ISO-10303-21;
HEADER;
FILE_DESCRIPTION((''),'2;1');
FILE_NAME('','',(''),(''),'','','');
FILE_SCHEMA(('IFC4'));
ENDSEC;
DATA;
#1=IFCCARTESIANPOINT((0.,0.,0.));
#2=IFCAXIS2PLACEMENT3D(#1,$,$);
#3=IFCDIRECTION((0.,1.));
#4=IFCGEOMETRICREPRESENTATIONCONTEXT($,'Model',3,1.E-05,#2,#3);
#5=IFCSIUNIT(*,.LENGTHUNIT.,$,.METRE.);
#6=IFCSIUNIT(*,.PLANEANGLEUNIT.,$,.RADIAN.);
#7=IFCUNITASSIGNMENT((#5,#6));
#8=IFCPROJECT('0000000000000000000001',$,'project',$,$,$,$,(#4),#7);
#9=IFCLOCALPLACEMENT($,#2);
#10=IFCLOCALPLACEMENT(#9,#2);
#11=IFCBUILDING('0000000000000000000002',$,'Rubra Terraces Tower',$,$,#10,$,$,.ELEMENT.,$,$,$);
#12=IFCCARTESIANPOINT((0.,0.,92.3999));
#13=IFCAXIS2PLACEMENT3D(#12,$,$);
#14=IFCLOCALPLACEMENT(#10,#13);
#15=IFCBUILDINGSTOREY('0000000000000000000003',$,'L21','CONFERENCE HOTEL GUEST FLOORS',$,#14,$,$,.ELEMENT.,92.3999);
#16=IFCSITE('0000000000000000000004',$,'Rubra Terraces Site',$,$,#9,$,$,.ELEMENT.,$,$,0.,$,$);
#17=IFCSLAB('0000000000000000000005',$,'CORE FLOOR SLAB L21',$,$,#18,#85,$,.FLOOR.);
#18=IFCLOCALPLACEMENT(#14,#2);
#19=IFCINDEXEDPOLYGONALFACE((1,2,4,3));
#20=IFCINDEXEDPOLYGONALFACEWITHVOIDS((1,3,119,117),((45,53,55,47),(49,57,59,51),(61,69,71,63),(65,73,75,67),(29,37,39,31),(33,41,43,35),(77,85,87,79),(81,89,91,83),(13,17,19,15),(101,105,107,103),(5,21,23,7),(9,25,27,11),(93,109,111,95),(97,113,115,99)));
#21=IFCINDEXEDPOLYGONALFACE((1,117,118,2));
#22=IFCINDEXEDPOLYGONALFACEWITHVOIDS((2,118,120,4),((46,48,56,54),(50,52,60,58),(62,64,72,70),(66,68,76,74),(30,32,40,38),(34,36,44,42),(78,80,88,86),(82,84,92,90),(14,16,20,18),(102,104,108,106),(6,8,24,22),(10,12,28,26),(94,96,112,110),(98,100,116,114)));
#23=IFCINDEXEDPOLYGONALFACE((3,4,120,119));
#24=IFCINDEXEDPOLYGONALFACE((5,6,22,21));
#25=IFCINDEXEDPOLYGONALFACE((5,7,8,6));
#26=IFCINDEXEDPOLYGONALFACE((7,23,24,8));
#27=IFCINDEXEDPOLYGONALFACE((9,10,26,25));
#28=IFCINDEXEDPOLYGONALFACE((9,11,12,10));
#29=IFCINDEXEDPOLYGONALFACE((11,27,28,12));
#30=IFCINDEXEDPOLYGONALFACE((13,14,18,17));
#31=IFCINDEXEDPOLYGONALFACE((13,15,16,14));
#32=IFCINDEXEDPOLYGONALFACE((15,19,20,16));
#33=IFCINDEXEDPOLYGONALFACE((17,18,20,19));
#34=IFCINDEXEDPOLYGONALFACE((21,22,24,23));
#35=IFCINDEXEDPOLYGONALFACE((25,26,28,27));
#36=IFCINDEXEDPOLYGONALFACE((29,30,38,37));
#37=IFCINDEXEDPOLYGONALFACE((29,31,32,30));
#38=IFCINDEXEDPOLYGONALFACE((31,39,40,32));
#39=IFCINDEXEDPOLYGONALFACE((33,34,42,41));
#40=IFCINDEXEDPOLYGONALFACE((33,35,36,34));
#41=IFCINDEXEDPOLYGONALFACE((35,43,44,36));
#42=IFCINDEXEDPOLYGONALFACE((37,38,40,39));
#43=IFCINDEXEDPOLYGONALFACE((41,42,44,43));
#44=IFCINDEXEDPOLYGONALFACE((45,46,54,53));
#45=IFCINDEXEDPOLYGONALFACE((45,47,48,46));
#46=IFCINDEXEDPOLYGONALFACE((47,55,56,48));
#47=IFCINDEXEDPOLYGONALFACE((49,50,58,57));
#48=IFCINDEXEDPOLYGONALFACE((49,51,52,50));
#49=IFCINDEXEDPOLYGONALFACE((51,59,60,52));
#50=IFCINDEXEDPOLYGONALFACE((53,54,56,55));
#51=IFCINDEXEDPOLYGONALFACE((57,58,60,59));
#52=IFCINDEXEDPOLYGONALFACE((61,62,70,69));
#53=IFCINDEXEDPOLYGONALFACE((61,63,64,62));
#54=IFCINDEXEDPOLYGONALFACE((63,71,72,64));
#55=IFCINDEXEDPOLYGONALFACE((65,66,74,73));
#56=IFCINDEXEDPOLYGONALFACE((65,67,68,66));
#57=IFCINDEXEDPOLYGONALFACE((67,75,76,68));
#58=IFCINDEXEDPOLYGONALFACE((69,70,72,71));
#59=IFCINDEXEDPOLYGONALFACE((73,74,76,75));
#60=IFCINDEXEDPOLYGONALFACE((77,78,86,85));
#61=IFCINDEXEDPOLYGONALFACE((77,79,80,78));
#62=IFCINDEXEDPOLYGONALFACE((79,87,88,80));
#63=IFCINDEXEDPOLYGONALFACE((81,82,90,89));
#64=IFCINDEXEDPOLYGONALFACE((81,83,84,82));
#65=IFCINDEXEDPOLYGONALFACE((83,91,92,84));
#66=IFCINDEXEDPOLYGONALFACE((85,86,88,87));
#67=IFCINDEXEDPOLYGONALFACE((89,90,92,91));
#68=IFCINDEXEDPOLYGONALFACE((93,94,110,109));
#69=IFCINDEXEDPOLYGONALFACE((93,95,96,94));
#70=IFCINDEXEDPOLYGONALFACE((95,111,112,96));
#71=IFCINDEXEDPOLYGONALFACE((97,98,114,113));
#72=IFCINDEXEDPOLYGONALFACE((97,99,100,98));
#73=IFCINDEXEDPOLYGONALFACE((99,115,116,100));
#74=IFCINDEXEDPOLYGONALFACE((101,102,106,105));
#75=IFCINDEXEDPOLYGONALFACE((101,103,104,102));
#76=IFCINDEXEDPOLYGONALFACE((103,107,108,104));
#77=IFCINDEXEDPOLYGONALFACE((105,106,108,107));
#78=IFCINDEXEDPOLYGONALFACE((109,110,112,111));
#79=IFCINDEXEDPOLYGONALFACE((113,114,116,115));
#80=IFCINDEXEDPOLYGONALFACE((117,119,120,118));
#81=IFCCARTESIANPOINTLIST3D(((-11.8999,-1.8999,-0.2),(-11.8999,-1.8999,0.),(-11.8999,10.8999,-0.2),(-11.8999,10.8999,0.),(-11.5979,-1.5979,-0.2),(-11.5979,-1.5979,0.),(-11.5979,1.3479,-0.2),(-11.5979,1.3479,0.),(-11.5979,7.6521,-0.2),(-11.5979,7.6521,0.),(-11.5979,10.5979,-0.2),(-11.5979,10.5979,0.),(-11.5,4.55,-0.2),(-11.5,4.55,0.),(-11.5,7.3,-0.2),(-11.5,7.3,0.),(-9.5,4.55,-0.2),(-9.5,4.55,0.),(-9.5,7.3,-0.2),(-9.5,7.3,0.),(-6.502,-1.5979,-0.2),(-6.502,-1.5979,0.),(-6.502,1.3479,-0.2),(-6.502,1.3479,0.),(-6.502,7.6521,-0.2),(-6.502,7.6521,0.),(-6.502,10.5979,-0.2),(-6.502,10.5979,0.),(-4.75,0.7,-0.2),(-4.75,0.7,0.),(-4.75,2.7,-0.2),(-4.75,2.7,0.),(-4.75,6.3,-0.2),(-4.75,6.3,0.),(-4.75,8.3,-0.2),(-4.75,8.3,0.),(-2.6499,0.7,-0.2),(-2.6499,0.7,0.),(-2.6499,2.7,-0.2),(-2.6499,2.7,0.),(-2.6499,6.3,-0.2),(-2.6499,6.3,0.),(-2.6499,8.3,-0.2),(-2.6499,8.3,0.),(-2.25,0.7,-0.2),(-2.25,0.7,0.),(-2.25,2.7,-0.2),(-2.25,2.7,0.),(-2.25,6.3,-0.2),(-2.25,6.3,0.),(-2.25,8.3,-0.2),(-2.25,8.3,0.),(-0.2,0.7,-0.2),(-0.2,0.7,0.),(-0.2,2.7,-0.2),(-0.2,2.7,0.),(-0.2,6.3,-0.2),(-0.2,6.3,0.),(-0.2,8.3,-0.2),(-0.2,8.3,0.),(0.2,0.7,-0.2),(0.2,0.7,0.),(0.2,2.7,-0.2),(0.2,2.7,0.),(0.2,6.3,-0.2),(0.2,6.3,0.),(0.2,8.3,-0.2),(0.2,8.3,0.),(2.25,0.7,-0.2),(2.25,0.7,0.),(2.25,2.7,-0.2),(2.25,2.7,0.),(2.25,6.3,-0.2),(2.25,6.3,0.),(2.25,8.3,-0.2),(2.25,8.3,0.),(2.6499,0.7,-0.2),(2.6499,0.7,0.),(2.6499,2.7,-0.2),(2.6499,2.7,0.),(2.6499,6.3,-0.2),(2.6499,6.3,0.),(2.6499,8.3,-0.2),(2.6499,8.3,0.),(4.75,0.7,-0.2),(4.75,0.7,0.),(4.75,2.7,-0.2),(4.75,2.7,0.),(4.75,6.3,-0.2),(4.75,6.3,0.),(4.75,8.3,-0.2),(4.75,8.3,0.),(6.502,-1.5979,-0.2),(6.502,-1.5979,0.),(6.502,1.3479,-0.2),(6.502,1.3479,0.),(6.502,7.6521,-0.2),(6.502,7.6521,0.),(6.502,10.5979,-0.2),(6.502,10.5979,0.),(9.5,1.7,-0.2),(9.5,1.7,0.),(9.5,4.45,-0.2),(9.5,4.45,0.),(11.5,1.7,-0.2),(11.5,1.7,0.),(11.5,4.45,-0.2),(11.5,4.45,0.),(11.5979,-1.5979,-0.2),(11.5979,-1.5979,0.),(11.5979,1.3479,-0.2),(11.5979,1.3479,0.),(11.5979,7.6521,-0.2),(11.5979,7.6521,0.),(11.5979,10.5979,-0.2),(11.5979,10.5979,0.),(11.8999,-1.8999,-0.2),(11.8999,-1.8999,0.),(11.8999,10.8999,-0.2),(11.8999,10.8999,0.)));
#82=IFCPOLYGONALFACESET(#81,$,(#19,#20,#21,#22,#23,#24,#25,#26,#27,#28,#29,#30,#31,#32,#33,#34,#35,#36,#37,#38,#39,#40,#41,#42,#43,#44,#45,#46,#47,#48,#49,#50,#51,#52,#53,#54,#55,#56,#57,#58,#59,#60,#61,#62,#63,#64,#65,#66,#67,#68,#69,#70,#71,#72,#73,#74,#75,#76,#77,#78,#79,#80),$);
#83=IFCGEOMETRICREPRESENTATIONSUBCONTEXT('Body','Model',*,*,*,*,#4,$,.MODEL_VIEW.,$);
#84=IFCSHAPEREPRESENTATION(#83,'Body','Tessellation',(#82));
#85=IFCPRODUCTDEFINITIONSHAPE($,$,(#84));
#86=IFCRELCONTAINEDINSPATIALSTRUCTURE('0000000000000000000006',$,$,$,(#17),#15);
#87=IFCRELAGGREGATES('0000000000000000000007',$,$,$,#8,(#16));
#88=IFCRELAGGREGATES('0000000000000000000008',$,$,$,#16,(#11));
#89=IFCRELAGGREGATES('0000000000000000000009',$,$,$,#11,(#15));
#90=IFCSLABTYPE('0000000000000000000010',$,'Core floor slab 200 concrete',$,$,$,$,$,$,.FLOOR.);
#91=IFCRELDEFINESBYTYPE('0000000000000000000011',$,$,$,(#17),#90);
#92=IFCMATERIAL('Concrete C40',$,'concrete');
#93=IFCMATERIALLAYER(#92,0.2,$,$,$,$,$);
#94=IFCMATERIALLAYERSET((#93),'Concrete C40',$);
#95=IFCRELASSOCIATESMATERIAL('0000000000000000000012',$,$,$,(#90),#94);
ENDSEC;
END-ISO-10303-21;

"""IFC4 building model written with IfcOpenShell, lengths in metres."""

from ifc_helpers import new_model, si_unit, direction, frame, origin, place, context, subcontext, project, spatial, polyline, outline, extrude, material, layer, layer_set, type_object, element, save


model = new_model("IFC4")

# Units and contexts
model_context = context("Model", 3, precision=1e-05, world=origin(), true_north=direction((0.0, 1.0)))
body_context = subcontext(model_context, "Body", "Model", "MODEL_VIEW")
ifc_project = project(units=[si_unit("LENGTHUNIT", "METRE"), si_unit("PLANEANGLEUNIT", "RADIAN")], contexts=[model_context])

# Site, building, storey
site_placement = place(None, origin())
site = spatial("IfcSite", under=ifc_project, at=site_placement, Name="Rubra Terraces Site", CompositionType="ELEMENT", RefElevation=0.0)
building_placement = place(site_placement, origin())
building = spatial("IfcBuilding", under=site, at=building_placement, Name="Rubra Terraces Tower", CompositionType="ELEMENT")
storey_placement = place(building_placement, frame((0.0, 0.0, 92.3999)))
storey = spatial("IfcBuildingStorey", under=building, at=storey_placement, Name="L21", Description="CONFERENCE HOTEL GUEST FLOORS", CompositionType="ELEMENT", Elevation=92.3999)

# Slab
ifc_material_1 = material(Name="Concrete C40", Category="concrete")
ifc_layer_1 = layer(ifc_material_1, 0.2)
ifc_layer_set_1 = layer_set([ifc_layer_1], Name="Concrete C40")
slab_type_1 = type_object("IfcSlabType", Name="Core floor slab 200 concrete", PredefinedType="FLOOR", material=ifc_layer_set_1)
slab_1_placement = place(storey_placement, frame((0.0, 0.0, -0.2)))
element("IfcSlab", 1, at=slab_1_placement, inside=storey, type_object=slab_type_1, Name="CORE FLOOR SLAB L21", PredefinedType="FLOOR", context=body_context, shape_type="SweptSolid", body=[
    extrude(outline(polyline([(-11.8999, -1.8999), (-11.8999, 10.8999), (11.8999, 10.8999), (11.8999, -1.8999), (-11.8999, -1.8999)]), holes=[polyline([(11.5979, 1.3479), (6.502, 1.3479), (6.502, -1.5979), (11.5979, -1.5979), (11.5979, 1.3479)]), polyline([(11.5979, 7.6521), (11.5979, 10.5979), (6.502, 10.5979), (6.502, 7.6521), (11.5979, 7.6521)]), polyline([(9.5, 1.7), (11.5, 1.7), (11.5, 4.45), (9.5, 4.45), (9.5, 1.7)]), polyline([(4.75, 0.7), (4.75, 2.7), (2.6499, 2.7), (2.6499, 0.7), (4.75, 0.7)]), polyline([(4.75, 6.3), (4.75, 8.3), (2.6499, 8.3), (2.6499, 6.3), (4.75, 6.3)]), polyline([(2.25, 0.7), (2.25, 2.7), (0.2, 2.7), (0.2, 0.7), (2.25, 0.7)]), polyline([(2.25, 6.3), (2.25, 8.3), (0.2, 8.3), (0.2, 6.3), (2.25, 6.3)]), polyline([(-0.2, 0.7), (-0.2, 2.7), (-2.25, 2.7), (-2.25, 0.7), (-0.2, 0.7)]), polyline([(-0.2, 6.3), (-0.2, 8.3), (-2.25, 8.3), (-2.25, 6.3), (-0.2, 6.3)]), polyline([(-2.6499, 0.7), (-2.6499, 2.7), (-4.75, 2.7), (-4.75, 0.7), (-2.6499, 0.7)]), polyline([(-2.6499, 8.3), (-4.75, 8.3), (-4.75, 6.3), (-2.6499, 6.3), (-2.6499, 8.3)]), polyline([(-11.5979, -1.5979), (-6.502, -1.5979), (-6.502, 1.3479), (-11.5979, 1.3479), (-11.5979, -1.5979)]), polyline([(-11.5979, 10.5979), (-11.5979, 7.6521), (-6.502, 7.6521), (-6.502, 10.5979), (-11.5979, 10.5979)]), polyline([(-9.5, 4.55), (-9.5, 7.3), (-11.5, 7.3), (-11.5, 4.55), (-9.5, 4.55)])]), origin(), (0.0, 0.0, 1.0), 0.2),
])

save(model, "model.ifc")
